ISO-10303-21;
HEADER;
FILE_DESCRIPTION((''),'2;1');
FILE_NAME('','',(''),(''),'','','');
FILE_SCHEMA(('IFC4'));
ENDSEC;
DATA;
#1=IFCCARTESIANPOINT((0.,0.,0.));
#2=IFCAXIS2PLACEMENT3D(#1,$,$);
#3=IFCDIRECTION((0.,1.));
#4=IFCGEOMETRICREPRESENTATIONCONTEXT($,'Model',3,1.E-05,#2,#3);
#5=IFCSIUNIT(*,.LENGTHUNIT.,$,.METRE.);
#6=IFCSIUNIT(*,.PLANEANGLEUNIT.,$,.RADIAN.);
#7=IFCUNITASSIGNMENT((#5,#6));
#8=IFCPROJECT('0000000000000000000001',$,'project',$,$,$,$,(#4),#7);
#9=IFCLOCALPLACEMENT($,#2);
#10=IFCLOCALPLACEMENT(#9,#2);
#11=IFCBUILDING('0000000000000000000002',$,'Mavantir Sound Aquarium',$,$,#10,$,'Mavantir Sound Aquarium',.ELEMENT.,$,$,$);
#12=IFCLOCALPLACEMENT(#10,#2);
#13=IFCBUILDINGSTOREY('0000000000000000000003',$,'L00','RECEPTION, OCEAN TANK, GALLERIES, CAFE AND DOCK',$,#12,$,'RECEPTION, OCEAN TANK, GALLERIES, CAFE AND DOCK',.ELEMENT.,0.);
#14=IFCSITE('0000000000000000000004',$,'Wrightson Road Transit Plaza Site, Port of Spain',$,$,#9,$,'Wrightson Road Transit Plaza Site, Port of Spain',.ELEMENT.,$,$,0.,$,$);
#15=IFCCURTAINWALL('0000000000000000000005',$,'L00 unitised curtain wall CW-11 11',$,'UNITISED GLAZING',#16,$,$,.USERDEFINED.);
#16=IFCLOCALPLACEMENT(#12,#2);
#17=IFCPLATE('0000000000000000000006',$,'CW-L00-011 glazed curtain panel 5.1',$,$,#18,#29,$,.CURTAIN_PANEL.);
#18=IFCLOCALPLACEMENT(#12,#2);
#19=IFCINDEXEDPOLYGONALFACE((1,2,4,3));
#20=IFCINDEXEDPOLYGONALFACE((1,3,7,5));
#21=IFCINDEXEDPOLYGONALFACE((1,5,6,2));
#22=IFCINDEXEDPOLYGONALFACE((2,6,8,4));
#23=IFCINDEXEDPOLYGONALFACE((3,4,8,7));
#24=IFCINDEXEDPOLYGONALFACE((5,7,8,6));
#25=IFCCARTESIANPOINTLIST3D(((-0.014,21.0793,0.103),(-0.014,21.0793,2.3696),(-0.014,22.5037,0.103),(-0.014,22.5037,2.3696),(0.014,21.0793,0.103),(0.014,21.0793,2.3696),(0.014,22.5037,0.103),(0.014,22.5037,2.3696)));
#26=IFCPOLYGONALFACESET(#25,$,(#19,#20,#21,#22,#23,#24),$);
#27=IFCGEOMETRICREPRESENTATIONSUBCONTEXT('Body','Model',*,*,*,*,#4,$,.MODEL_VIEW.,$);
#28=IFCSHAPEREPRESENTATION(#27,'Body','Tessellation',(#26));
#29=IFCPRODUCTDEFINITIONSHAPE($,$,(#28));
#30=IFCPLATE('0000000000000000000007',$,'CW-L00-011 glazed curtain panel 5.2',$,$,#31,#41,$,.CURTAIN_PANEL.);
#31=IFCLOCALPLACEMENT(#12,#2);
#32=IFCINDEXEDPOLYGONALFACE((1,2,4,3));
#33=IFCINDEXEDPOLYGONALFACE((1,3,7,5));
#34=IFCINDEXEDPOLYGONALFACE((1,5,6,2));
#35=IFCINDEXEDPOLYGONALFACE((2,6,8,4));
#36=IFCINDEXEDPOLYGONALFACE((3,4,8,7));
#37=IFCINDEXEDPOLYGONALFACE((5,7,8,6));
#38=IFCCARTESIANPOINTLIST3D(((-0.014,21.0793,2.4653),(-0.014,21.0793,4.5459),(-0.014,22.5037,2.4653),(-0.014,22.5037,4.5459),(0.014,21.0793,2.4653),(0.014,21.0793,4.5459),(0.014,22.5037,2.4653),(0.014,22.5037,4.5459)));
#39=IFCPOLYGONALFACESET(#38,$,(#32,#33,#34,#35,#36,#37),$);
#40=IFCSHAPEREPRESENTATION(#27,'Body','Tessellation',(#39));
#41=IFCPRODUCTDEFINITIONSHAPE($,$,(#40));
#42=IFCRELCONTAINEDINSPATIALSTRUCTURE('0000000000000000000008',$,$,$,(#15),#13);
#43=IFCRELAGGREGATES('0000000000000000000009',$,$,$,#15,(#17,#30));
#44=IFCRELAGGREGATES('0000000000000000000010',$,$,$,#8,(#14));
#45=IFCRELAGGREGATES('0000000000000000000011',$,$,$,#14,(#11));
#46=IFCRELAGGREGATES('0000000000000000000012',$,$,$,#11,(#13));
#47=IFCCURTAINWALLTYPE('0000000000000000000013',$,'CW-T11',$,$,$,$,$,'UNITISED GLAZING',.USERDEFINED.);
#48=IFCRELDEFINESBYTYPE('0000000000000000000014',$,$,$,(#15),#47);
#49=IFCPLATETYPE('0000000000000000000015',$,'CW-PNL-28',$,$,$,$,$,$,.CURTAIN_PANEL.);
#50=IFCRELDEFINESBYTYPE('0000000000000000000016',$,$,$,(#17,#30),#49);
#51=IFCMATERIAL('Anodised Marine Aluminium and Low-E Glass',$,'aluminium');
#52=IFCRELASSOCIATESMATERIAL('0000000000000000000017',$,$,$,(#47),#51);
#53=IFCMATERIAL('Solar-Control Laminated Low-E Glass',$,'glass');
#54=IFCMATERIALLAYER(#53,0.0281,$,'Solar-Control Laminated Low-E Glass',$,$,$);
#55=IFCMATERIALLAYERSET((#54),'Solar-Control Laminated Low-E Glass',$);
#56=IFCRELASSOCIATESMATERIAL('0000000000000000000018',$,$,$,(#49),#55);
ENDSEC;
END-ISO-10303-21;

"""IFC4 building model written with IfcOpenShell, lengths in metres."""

from ifc_helpers import new_model, si_unit, direction, frame, origin, origin_2d, place, context, subcontext, project, spatial, rectangle, extrude, material, layer, layer_set, type_object, element, aggregate, save


model = new_model("IFC4")

# Units and contexts
model_context = context("Model", 3, precision=1e-05, world=origin(), true_north=direction((0.0, 1.0)))
body_context = subcontext(model_context, "Body", "Model", "MODEL_VIEW")
ifc_project = project(units=[si_unit("LENGTHUNIT", "METRE"), si_unit("PLANEANGLEUNIT", "RADIAN")], contexts=[model_context])

# Site, building, storey
site_placement = place(None, origin())
site = spatial("IfcSite", under=ifc_project, at=site_placement, Name="Wrightson Road Transit Plaza Site, Port of Spain", LongName="Wrightson Road Transit Plaza Site, Port of Spain", CompositionType="ELEMENT", RefElevation=0.0)
building_placement = place(site_placement, origin())
building = spatial("IfcBuilding", under=site, at=building_placement, Name="Mavantir Sound Aquarium", LongName="Mavantir Sound Aquarium", CompositionType="ELEMENT")
storey_placement = place(building_placement, origin())
storey = spatial("IfcBuildingStorey", under=building, at=storey_placement, Name="L00", Description="RECEPTION, OCEAN TANK, GALLERIES, CAFE AND DOCK", LongName="RECEPTION, OCEAN TANK, GALLERIES, CAFE AND DOCK", CompositionType="ELEMENT", Elevation=0.0)

# Curtain wall, plates
ifc_material_1 = material(Name="Anodised Marine Aluminium and Low-E Glass", Category="aluminium")
curtain_wall_type = type_object("IfcCurtainWallType", Name="CW-T11", ElementType="UNITISED GLAZING", PredefinedType="USERDEFINED", material=ifc_material_1)
curtain_wall_placement = place(storey_placement, origin())
curtain_wall = element("IfcCurtainWall", 1, at=curtain_wall_placement, inside=storey, type_object=curtain_wall_type, Name="L00 unitised curtain wall CW-11 11", ObjectType="UNITISED GLAZING", PredefinedType="USERDEFINED")
ifc_material_2 = material(Name="Solar-Control Laminated Low-E Glass", Category="glass")
ifc_layer = layer(ifc_material_2, 0.0281, Name="Solar-Control Laminated Low-E Glass")
ifc_layer_set = layer_set([ifc_layer], Name="Solar-Control Laminated Low-E Glass")
plate_type = type_object("IfcPlateType", Name="CW-PNL-28", PredefinedType="CURTAIN_PANEL", material=ifc_layer_set)
plate_1_placement = place(storey_placement, frame((0.0, 21.7915, 0.103), z_axis=(0.0, 0.0, 1.0), x_axis=(0.0, -1.0, 0.0)))
plate_1 = element("IfcPlate", 2, at=plate_1_placement, type_object=plate_type, Name="CW-L00-011 glazed curtain panel 5.1", PredefinedType="CURTAIN_PANEL", context=body_context, shape_type="SweptSolid", body=[
    extrude(rectangle(XDim=1.4243, YDim=0.0281, at=origin_2d()), origin(), (0.0, 0.0, 1.0), 2.2666),
])
plate_2_placement = place(storey_placement, frame((0.0, 21.7915, 2.4653), z_axis=(0.0, 0.0, 1.0), x_axis=(0.0, -1.0, 0.0)))
plate_2 = element("IfcPlate", 3, at=plate_2_placement, type_object=plate_type, Name="CW-L00-011 glazed curtain panel 5.2", PredefinedType="CURTAIN_PANEL", context=body_context, shape_type="SweptSolid", body=[
    extrude(rectangle(XDim=1.4243, YDim=0.0281, at=origin_2d()), origin(), (0.0, 0.0, 1.0), 2.0806),
])
aggregate(curtain_wall, [plate_1, plate_2])

save(model, "model.ifc")
